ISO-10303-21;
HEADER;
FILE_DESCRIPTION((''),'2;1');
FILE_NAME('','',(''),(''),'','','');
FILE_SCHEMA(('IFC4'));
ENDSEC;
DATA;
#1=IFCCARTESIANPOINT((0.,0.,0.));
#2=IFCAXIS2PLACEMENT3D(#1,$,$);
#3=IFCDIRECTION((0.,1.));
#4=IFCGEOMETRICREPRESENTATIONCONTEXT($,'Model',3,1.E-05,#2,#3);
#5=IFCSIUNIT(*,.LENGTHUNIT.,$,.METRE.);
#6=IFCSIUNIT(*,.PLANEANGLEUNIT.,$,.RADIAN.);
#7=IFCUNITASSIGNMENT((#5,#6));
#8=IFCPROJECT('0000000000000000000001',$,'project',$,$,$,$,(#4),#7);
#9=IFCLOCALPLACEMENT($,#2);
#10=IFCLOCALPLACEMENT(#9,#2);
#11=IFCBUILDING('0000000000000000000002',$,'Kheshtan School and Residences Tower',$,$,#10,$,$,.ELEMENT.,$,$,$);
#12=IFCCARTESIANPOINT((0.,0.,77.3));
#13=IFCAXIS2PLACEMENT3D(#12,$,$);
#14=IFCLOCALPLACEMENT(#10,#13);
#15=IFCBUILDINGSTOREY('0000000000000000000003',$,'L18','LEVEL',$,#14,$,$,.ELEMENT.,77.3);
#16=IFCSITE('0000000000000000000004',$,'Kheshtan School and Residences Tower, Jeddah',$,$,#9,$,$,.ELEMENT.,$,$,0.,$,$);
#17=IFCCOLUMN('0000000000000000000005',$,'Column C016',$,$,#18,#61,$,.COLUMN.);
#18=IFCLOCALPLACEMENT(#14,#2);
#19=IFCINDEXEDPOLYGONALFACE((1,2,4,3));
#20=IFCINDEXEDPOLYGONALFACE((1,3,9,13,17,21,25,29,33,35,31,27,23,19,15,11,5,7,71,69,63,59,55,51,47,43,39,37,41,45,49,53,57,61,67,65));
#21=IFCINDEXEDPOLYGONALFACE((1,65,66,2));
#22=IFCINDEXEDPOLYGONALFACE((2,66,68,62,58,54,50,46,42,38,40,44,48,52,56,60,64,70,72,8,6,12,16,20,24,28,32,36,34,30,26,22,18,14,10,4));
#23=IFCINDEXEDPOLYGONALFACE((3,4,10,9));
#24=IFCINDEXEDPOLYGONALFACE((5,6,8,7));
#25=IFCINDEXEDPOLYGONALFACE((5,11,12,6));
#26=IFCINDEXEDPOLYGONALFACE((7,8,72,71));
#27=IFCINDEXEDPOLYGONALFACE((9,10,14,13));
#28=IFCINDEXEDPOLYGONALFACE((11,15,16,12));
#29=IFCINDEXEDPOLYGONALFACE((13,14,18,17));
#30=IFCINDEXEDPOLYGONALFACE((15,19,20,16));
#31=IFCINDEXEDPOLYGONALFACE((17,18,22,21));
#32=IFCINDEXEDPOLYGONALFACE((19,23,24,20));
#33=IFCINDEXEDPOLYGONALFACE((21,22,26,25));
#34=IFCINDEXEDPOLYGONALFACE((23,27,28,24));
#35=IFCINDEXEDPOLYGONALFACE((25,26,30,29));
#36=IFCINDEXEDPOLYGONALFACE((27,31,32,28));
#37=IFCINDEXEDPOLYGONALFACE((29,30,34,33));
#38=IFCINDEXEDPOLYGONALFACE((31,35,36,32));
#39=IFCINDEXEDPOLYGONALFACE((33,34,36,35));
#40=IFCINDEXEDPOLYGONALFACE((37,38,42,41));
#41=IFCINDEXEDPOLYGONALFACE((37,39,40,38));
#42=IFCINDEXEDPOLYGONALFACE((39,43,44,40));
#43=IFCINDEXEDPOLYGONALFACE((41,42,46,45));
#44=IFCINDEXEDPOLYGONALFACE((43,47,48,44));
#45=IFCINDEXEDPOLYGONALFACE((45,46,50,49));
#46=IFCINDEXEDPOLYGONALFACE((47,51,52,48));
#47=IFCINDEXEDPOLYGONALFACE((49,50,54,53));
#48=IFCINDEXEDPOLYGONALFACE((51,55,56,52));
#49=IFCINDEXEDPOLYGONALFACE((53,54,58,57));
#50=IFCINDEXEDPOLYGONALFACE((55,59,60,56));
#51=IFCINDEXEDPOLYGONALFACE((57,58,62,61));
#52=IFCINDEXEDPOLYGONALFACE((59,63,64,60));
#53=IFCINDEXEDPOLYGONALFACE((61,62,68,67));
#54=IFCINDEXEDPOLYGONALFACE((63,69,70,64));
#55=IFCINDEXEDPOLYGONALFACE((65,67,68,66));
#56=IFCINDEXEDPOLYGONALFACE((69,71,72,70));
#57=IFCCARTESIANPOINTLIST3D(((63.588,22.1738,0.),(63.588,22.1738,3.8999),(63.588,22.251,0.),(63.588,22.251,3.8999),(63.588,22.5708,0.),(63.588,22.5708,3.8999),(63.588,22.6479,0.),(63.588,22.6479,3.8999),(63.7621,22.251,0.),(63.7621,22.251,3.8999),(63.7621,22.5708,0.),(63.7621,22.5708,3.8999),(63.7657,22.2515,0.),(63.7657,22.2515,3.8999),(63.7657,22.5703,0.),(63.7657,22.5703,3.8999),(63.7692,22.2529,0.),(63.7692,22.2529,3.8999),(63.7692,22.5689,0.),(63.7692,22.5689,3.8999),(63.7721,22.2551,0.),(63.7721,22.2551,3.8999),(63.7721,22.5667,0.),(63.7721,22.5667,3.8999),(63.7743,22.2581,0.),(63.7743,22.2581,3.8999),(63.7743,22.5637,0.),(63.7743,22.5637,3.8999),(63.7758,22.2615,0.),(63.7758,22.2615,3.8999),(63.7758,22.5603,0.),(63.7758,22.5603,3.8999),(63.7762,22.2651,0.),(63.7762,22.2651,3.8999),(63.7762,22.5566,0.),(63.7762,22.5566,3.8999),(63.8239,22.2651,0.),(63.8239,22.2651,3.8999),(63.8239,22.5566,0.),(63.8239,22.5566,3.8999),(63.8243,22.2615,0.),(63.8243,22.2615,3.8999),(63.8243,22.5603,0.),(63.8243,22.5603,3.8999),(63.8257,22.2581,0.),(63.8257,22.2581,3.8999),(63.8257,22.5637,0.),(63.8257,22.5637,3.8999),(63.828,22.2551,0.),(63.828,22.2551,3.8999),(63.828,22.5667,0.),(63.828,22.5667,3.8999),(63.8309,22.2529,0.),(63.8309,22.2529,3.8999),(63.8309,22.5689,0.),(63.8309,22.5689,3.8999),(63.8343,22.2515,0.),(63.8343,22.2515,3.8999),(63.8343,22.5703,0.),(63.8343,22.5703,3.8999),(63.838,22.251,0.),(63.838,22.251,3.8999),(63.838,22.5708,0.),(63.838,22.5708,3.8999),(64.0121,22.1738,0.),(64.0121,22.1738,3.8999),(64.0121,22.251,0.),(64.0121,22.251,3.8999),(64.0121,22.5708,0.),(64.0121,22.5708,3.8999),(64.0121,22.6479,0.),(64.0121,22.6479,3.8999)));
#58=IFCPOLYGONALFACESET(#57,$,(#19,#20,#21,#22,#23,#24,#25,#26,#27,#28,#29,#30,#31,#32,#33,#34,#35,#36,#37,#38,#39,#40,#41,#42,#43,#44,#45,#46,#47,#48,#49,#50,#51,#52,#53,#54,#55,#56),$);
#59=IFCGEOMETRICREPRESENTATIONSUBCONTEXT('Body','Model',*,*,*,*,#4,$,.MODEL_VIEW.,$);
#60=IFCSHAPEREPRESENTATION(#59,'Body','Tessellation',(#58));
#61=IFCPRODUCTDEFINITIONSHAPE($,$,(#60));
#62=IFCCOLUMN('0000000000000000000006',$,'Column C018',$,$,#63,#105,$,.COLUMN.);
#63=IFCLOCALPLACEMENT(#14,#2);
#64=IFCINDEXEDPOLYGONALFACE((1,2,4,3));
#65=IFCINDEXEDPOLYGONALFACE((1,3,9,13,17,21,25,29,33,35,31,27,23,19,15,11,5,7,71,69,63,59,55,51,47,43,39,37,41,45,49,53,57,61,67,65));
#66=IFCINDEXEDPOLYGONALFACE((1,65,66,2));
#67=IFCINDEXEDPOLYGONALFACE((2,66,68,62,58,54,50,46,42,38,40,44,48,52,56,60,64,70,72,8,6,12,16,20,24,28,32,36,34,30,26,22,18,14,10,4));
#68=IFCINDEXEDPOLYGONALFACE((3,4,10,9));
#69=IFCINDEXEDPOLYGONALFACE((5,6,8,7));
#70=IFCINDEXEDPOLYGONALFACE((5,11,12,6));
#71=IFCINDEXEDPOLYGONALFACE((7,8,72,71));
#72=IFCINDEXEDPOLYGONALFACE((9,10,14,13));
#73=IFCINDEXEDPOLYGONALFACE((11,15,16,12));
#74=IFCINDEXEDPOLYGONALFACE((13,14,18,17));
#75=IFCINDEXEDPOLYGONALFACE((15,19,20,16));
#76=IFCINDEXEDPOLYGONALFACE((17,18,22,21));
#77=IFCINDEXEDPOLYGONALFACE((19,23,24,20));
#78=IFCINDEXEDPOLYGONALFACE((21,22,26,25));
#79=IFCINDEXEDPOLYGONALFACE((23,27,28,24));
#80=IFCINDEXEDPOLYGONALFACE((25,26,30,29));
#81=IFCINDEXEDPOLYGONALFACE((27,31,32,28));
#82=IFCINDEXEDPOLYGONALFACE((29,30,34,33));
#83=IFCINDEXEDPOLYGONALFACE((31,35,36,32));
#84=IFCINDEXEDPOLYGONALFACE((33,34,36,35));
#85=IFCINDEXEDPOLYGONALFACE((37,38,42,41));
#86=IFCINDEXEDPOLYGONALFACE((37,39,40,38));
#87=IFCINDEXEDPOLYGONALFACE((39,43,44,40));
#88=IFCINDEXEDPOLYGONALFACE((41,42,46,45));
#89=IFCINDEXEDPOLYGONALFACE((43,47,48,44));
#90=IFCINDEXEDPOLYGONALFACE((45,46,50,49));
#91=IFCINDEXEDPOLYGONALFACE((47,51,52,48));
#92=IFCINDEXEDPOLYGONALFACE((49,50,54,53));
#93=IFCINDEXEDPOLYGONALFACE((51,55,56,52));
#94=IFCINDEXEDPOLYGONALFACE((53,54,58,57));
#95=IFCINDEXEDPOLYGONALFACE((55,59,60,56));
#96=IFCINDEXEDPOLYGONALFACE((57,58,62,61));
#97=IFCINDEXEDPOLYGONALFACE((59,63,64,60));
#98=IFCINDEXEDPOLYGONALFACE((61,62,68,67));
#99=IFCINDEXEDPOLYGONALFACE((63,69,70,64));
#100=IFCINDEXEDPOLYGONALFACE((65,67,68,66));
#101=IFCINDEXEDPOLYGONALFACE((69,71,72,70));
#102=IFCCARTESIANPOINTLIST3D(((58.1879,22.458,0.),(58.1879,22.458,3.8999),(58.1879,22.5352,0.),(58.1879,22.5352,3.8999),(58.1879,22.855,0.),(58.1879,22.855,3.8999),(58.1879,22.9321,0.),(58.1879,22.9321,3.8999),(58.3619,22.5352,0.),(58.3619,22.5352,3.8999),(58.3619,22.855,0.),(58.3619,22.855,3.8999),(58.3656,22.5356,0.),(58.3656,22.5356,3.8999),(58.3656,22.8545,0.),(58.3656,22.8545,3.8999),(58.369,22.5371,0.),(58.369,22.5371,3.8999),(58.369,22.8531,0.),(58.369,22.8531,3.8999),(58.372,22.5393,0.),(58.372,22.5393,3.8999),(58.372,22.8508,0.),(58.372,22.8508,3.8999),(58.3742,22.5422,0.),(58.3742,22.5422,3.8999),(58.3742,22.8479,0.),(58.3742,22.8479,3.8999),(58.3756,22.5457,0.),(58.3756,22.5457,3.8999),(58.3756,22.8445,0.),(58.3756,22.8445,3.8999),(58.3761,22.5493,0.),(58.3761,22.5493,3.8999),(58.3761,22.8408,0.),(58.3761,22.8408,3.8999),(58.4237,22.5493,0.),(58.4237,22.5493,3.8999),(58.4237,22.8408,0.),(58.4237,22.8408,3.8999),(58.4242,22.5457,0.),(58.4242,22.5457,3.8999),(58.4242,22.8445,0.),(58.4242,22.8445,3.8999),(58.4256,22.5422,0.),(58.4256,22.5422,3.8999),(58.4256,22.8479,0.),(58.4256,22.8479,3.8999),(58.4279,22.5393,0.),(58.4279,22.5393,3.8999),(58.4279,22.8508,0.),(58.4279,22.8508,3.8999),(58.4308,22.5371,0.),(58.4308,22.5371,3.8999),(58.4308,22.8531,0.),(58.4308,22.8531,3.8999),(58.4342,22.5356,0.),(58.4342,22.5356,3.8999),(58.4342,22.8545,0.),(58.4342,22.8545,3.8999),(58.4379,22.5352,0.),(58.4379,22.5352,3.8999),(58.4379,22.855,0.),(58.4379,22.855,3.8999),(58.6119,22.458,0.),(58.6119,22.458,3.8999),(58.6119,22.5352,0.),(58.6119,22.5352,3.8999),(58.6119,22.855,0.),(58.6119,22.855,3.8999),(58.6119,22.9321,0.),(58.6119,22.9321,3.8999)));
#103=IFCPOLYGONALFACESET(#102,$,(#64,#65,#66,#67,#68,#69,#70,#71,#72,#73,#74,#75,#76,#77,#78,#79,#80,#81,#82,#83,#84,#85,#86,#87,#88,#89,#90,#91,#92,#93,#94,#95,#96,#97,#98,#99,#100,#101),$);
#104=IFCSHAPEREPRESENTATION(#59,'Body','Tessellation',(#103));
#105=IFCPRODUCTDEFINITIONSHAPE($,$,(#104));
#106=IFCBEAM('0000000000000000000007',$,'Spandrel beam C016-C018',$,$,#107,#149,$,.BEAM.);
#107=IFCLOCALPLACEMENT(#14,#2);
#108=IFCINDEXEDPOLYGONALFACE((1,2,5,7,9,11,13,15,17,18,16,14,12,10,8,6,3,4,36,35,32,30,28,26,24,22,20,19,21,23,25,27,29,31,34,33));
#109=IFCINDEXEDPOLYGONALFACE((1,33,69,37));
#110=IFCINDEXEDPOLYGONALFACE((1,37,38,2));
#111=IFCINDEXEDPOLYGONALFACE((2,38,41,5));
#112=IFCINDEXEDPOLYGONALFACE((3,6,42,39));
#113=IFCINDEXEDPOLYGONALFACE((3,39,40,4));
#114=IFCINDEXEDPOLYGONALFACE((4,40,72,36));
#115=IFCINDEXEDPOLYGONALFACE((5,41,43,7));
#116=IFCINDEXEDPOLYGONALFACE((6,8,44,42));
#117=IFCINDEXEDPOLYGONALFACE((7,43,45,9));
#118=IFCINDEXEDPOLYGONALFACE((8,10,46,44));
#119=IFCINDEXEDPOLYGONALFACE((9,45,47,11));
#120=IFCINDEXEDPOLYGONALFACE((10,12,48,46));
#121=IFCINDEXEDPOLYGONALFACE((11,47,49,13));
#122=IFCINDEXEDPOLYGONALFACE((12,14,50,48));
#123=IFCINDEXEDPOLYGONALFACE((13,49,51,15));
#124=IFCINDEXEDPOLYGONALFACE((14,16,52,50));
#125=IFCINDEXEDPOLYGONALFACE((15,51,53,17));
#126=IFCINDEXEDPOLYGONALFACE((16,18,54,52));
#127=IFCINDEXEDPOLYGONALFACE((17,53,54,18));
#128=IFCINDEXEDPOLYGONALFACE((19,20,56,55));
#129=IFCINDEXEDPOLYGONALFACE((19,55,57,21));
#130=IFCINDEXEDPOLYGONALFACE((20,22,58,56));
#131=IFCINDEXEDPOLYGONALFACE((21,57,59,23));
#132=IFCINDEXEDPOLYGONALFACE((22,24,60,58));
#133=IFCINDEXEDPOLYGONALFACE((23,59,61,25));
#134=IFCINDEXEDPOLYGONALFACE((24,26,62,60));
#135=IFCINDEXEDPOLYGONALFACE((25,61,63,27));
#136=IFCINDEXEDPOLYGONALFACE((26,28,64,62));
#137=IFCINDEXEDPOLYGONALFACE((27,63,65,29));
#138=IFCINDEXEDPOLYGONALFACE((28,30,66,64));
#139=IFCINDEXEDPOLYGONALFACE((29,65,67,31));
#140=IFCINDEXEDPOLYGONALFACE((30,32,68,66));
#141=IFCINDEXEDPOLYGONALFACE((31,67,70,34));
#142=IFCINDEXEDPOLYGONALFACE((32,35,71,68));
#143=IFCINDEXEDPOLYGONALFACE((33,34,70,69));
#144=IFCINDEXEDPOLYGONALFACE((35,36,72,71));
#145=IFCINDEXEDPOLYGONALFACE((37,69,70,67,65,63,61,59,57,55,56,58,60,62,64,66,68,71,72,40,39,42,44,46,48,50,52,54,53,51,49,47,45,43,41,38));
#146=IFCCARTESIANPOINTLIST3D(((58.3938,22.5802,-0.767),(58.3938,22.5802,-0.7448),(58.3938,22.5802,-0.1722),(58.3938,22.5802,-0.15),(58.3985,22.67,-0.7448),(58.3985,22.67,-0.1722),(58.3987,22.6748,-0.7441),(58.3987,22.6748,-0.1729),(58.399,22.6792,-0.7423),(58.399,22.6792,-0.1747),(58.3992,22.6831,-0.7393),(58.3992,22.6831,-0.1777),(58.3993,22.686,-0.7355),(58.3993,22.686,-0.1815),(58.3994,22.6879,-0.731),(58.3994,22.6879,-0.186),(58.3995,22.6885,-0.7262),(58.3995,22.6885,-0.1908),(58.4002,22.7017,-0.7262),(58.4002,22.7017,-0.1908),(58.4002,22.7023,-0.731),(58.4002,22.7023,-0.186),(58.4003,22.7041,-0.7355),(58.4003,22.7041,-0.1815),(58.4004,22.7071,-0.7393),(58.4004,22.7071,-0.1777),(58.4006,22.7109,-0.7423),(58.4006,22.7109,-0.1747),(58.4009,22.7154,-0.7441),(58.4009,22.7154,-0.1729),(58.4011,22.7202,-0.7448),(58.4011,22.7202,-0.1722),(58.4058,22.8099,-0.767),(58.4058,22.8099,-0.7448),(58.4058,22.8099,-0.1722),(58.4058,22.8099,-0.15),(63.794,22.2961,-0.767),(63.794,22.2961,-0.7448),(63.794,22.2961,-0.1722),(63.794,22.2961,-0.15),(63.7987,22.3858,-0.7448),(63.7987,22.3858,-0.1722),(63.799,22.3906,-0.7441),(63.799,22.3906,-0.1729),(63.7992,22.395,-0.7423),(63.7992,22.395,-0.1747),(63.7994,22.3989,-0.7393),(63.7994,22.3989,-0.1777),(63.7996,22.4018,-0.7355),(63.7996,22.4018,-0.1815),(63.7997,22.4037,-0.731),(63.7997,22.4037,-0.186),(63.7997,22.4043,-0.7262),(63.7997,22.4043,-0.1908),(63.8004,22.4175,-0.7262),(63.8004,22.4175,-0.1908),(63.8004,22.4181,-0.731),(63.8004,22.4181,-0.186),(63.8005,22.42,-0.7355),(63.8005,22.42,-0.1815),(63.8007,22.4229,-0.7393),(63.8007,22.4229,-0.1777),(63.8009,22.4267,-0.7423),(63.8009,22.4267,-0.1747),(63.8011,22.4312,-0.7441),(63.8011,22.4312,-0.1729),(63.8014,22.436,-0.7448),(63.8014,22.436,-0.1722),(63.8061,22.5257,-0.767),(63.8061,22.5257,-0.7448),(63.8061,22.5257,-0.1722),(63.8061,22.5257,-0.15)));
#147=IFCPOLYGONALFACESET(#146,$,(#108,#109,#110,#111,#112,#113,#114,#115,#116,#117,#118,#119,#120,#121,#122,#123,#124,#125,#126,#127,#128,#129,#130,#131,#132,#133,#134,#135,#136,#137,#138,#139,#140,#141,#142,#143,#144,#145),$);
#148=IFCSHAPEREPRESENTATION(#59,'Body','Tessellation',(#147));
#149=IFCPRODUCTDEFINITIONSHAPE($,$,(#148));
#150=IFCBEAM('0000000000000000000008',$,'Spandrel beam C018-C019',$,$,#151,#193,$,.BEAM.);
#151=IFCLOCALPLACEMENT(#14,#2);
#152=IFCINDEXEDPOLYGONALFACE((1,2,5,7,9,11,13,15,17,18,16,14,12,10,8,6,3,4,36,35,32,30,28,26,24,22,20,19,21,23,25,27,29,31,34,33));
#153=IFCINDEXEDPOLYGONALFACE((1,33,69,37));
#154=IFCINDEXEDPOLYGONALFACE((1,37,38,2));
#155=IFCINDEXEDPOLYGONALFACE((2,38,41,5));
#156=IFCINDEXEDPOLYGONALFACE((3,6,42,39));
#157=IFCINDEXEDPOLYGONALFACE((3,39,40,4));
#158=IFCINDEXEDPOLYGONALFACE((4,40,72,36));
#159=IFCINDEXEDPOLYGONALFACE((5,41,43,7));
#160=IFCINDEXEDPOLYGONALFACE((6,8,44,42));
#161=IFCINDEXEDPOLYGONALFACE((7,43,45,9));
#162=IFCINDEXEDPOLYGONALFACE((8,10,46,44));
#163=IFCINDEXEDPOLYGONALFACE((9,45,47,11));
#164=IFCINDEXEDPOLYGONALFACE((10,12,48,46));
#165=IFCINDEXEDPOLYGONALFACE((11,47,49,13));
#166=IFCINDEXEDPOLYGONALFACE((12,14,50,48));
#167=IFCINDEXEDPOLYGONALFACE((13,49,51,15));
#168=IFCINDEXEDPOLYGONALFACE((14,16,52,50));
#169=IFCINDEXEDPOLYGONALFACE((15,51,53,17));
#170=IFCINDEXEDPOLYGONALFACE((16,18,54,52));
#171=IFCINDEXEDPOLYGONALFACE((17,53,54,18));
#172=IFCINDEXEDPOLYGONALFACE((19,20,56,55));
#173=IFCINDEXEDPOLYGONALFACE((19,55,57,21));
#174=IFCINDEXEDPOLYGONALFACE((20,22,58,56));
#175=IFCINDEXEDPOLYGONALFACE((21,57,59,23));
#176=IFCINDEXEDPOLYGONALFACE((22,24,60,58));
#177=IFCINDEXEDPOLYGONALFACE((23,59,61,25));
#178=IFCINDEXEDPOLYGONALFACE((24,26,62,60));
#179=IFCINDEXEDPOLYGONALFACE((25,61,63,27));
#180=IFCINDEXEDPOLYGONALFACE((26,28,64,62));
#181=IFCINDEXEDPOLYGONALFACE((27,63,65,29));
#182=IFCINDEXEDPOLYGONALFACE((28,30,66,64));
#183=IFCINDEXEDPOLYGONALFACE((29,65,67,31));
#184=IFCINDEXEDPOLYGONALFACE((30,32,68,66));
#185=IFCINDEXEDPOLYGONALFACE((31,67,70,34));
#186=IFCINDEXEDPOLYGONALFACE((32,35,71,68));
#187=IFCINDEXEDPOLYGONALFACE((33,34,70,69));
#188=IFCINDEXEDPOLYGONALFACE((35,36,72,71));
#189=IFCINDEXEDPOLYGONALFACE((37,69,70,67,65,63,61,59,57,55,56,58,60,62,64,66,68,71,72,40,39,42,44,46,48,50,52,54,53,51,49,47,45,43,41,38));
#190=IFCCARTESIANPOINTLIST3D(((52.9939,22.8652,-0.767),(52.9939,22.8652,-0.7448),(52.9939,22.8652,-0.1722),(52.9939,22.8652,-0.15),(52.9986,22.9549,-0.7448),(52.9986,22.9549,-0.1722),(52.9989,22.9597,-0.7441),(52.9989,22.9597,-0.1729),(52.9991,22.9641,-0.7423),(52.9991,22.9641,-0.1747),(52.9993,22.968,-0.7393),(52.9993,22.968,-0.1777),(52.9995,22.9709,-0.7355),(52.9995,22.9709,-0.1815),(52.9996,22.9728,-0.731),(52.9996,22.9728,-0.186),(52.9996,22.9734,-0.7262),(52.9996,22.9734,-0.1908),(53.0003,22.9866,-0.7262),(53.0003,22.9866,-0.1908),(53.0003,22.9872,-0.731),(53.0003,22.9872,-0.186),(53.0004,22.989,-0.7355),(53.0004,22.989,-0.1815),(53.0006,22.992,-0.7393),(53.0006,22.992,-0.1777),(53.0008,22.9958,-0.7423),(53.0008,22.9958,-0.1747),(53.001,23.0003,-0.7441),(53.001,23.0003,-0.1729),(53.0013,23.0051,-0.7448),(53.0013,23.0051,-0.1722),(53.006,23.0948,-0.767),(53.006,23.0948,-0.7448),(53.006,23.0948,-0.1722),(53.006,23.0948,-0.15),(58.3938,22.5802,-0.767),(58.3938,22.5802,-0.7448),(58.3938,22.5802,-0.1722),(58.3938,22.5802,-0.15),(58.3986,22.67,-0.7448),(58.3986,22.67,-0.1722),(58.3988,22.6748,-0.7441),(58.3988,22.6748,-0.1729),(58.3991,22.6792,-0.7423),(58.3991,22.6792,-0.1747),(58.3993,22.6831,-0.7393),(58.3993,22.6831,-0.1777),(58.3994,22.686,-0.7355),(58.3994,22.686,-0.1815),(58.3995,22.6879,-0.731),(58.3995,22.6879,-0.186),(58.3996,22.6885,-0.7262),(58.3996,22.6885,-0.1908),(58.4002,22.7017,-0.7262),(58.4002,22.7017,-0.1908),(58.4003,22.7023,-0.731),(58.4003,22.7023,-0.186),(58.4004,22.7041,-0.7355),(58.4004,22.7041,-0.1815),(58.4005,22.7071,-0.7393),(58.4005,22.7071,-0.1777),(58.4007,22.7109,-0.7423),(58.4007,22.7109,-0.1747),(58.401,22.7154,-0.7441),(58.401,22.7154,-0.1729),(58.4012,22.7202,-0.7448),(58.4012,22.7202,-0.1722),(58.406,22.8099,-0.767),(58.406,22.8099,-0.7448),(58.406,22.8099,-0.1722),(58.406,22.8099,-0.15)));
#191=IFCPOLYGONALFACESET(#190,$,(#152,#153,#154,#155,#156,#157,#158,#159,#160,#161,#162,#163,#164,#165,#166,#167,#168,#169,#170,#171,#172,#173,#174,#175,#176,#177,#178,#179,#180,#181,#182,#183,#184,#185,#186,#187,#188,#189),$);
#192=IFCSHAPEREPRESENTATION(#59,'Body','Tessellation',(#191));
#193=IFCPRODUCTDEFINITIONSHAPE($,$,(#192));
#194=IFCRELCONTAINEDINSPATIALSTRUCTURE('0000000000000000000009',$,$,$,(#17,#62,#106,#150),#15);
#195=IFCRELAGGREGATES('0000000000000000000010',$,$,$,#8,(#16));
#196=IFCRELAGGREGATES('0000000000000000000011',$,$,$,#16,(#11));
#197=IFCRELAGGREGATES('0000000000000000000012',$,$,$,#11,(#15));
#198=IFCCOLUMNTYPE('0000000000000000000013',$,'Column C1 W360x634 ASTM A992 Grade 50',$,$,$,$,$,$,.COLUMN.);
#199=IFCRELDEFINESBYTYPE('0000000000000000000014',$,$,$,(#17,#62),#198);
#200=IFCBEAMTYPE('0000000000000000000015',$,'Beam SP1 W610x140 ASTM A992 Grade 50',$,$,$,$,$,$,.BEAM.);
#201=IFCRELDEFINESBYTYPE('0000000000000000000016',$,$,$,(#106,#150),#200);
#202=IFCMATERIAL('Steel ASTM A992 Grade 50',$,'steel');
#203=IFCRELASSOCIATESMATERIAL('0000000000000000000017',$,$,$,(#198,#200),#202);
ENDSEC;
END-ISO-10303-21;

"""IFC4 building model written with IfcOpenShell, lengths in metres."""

from ifc_helpers import new_model, si_unit, direction, frame, origin, origin_2d, place, context, subcontext, project, spatial, i_section, extrude, material, material_profile, profile_set, type_object, element, save


model = new_model("IFC4")

# Units and contexts
model_context = context("Model", 3, precision=1e-05, world=origin(), true_north=direction((0.0, 1.0)))
body_context = subcontext(model_context, "Body", "Model", "MODEL_VIEW")
ifc_project = project(units=[si_unit("LENGTHUNIT", "METRE"), si_unit("PLANEANGLEUNIT", "RADIAN")], contexts=[model_context])

# Site, building, storey
site_placement = place(None, origin())
site = spatial("IfcSite", under=ifc_project, at=site_placement, Name="Kheshtan School and Residences Tower, Jeddah", CompositionType="ELEMENT", RefElevation=0.0)
building_placement = place(site_placement, origin())
building = spatial("IfcBuilding", under=site, at=building_placement, Name="Kheshtan School and Residences Tower", CompositionType="ELEMENT")
storey_placement = place(building_placement, frame((0.0, 0.0, 77.3)))
storey = spatial("IfcBuildingStorey", under=building, at=storey_placement, Name="L18", Description="LEVEL", CompositionType="ELEMENT", Elevation=77.3)

# Columns
ifc_material_1 = material(Name="Steel ASTM A992 Grade 50", Category="steel")
ifc_material_profile_1 = material_profile(ifc_material_1, i_section(OverallWidth=0.4241, OverallDepth=0.4741, WebThickness=0.0476, FlangeThickness=0.0771, FilletRadius=0.0142, at=origin_2d()), Name="W360x634")
ifc_profile_set_1 = profile_set([ifc_material_profile_1], Name="Steel ASTM A992 Grade 50")
column_type = type_object("IfcColumnType", Name="Column C1 W360x634 ASTM A992 Grade 50", PredefinedType="COLUMN", material=ifc_profile_set_1)
for number, where, z_axis, x_axis, name in (
    (1, (63.8, 22.4109, 0.0), (0.0, 0.0, 1.0), (1.0, 0.0, 0.0), "Column C016"),
    (2, (58.3999, 22.6951, 0.0), (0.0, 0.0, 1.0), (1.0, 0.0, 0.0), "Column C018"),
):
    element("IfcColumn", number, at=place(storey_placement, frame(where, z_axis=z_axis, x_axis=x_axis)), inside=storey, type_object=column_type, Name=name, PredefinedType="COLUMN", context=body_context, shape_type="SweptSolid", body=[
        extrude(i_section(OverallWidth=0.4241, OverallDepth=0.4741, WebThickness=0.0476, FlangeThickness=0.0771, FilletRadius=0.0142, at=origin_2d()), origin(), (0.0, 0.0, 1.0), 3.8999),
    ])

# Beams
ifc_material_profile_2 = material_profile(ifc_material_1, i_section(OverallWidth=0.23, OverallDepth=0.6169, WebThickness=0.0132, FlangeThickness=0.0222, FilletRadius=0.0186, at=origin_2d()), Name="W610x140")
ifc_profile_set_2 = profile_set([ifc_material_profile_2], Name="Steel ASTM A992 Grade 50")
beam_type = type_object("IfcBeamType", Name="Beam SP1 W610x140 ASTM A992 Grade 50", PredefinedType="BEAM", material=ifc_profile_set_2)
beam_1_placement = place(storey_placement, frame((63.8, 22.4109, -0.4585), z_axis=(-0.998618, 0.052552, 0.0), x_axis=(-0.052552, -0.998618, 0.0)))
element("IfcBeam", 3, at=beam_1_placement, inside=storey, type_object=beam_type, Name="Spandrel beam C016-C018", PredefinedType="BEAM", context=body_context, shape_type="SweptSolid", body=[
    extrude(i_section(OverallWidth=0.23, OverallDepth=0.6169, WebThickness=0.0132, FlangeThickness=0.0222, FilletRadius=0.0186, at=origin_2d()), origin(), (0.0, 0.0, 1.0), 5.4077),
])
beam_2_placement = place(storey_placement, frame((58.3999, 22.6951, -0.4585), z_axis=(-0.998611, 0.052689, 0.0), x_axis=(-0.052689, -0.998611, 0.0)))
element("IfcBeam", 4, at=beam_2_placement, inside=storey, type_object=beam_type, Name="Spandrel beam C018-C019", PredefinedType="BEAM", context=body_context, shape_type="SweptSolid", body=[
    extrude(i_section(OverallWidth=0.23, OverallDepth=0.6169, WebThickness=0.0132, FlangeThickness=0.0222, FilletRadius=0.0186, at=origin_2d()), origin(), (0.0, 0.0, 1.0), 5.4075),
])

save(model, "model.ifc")
